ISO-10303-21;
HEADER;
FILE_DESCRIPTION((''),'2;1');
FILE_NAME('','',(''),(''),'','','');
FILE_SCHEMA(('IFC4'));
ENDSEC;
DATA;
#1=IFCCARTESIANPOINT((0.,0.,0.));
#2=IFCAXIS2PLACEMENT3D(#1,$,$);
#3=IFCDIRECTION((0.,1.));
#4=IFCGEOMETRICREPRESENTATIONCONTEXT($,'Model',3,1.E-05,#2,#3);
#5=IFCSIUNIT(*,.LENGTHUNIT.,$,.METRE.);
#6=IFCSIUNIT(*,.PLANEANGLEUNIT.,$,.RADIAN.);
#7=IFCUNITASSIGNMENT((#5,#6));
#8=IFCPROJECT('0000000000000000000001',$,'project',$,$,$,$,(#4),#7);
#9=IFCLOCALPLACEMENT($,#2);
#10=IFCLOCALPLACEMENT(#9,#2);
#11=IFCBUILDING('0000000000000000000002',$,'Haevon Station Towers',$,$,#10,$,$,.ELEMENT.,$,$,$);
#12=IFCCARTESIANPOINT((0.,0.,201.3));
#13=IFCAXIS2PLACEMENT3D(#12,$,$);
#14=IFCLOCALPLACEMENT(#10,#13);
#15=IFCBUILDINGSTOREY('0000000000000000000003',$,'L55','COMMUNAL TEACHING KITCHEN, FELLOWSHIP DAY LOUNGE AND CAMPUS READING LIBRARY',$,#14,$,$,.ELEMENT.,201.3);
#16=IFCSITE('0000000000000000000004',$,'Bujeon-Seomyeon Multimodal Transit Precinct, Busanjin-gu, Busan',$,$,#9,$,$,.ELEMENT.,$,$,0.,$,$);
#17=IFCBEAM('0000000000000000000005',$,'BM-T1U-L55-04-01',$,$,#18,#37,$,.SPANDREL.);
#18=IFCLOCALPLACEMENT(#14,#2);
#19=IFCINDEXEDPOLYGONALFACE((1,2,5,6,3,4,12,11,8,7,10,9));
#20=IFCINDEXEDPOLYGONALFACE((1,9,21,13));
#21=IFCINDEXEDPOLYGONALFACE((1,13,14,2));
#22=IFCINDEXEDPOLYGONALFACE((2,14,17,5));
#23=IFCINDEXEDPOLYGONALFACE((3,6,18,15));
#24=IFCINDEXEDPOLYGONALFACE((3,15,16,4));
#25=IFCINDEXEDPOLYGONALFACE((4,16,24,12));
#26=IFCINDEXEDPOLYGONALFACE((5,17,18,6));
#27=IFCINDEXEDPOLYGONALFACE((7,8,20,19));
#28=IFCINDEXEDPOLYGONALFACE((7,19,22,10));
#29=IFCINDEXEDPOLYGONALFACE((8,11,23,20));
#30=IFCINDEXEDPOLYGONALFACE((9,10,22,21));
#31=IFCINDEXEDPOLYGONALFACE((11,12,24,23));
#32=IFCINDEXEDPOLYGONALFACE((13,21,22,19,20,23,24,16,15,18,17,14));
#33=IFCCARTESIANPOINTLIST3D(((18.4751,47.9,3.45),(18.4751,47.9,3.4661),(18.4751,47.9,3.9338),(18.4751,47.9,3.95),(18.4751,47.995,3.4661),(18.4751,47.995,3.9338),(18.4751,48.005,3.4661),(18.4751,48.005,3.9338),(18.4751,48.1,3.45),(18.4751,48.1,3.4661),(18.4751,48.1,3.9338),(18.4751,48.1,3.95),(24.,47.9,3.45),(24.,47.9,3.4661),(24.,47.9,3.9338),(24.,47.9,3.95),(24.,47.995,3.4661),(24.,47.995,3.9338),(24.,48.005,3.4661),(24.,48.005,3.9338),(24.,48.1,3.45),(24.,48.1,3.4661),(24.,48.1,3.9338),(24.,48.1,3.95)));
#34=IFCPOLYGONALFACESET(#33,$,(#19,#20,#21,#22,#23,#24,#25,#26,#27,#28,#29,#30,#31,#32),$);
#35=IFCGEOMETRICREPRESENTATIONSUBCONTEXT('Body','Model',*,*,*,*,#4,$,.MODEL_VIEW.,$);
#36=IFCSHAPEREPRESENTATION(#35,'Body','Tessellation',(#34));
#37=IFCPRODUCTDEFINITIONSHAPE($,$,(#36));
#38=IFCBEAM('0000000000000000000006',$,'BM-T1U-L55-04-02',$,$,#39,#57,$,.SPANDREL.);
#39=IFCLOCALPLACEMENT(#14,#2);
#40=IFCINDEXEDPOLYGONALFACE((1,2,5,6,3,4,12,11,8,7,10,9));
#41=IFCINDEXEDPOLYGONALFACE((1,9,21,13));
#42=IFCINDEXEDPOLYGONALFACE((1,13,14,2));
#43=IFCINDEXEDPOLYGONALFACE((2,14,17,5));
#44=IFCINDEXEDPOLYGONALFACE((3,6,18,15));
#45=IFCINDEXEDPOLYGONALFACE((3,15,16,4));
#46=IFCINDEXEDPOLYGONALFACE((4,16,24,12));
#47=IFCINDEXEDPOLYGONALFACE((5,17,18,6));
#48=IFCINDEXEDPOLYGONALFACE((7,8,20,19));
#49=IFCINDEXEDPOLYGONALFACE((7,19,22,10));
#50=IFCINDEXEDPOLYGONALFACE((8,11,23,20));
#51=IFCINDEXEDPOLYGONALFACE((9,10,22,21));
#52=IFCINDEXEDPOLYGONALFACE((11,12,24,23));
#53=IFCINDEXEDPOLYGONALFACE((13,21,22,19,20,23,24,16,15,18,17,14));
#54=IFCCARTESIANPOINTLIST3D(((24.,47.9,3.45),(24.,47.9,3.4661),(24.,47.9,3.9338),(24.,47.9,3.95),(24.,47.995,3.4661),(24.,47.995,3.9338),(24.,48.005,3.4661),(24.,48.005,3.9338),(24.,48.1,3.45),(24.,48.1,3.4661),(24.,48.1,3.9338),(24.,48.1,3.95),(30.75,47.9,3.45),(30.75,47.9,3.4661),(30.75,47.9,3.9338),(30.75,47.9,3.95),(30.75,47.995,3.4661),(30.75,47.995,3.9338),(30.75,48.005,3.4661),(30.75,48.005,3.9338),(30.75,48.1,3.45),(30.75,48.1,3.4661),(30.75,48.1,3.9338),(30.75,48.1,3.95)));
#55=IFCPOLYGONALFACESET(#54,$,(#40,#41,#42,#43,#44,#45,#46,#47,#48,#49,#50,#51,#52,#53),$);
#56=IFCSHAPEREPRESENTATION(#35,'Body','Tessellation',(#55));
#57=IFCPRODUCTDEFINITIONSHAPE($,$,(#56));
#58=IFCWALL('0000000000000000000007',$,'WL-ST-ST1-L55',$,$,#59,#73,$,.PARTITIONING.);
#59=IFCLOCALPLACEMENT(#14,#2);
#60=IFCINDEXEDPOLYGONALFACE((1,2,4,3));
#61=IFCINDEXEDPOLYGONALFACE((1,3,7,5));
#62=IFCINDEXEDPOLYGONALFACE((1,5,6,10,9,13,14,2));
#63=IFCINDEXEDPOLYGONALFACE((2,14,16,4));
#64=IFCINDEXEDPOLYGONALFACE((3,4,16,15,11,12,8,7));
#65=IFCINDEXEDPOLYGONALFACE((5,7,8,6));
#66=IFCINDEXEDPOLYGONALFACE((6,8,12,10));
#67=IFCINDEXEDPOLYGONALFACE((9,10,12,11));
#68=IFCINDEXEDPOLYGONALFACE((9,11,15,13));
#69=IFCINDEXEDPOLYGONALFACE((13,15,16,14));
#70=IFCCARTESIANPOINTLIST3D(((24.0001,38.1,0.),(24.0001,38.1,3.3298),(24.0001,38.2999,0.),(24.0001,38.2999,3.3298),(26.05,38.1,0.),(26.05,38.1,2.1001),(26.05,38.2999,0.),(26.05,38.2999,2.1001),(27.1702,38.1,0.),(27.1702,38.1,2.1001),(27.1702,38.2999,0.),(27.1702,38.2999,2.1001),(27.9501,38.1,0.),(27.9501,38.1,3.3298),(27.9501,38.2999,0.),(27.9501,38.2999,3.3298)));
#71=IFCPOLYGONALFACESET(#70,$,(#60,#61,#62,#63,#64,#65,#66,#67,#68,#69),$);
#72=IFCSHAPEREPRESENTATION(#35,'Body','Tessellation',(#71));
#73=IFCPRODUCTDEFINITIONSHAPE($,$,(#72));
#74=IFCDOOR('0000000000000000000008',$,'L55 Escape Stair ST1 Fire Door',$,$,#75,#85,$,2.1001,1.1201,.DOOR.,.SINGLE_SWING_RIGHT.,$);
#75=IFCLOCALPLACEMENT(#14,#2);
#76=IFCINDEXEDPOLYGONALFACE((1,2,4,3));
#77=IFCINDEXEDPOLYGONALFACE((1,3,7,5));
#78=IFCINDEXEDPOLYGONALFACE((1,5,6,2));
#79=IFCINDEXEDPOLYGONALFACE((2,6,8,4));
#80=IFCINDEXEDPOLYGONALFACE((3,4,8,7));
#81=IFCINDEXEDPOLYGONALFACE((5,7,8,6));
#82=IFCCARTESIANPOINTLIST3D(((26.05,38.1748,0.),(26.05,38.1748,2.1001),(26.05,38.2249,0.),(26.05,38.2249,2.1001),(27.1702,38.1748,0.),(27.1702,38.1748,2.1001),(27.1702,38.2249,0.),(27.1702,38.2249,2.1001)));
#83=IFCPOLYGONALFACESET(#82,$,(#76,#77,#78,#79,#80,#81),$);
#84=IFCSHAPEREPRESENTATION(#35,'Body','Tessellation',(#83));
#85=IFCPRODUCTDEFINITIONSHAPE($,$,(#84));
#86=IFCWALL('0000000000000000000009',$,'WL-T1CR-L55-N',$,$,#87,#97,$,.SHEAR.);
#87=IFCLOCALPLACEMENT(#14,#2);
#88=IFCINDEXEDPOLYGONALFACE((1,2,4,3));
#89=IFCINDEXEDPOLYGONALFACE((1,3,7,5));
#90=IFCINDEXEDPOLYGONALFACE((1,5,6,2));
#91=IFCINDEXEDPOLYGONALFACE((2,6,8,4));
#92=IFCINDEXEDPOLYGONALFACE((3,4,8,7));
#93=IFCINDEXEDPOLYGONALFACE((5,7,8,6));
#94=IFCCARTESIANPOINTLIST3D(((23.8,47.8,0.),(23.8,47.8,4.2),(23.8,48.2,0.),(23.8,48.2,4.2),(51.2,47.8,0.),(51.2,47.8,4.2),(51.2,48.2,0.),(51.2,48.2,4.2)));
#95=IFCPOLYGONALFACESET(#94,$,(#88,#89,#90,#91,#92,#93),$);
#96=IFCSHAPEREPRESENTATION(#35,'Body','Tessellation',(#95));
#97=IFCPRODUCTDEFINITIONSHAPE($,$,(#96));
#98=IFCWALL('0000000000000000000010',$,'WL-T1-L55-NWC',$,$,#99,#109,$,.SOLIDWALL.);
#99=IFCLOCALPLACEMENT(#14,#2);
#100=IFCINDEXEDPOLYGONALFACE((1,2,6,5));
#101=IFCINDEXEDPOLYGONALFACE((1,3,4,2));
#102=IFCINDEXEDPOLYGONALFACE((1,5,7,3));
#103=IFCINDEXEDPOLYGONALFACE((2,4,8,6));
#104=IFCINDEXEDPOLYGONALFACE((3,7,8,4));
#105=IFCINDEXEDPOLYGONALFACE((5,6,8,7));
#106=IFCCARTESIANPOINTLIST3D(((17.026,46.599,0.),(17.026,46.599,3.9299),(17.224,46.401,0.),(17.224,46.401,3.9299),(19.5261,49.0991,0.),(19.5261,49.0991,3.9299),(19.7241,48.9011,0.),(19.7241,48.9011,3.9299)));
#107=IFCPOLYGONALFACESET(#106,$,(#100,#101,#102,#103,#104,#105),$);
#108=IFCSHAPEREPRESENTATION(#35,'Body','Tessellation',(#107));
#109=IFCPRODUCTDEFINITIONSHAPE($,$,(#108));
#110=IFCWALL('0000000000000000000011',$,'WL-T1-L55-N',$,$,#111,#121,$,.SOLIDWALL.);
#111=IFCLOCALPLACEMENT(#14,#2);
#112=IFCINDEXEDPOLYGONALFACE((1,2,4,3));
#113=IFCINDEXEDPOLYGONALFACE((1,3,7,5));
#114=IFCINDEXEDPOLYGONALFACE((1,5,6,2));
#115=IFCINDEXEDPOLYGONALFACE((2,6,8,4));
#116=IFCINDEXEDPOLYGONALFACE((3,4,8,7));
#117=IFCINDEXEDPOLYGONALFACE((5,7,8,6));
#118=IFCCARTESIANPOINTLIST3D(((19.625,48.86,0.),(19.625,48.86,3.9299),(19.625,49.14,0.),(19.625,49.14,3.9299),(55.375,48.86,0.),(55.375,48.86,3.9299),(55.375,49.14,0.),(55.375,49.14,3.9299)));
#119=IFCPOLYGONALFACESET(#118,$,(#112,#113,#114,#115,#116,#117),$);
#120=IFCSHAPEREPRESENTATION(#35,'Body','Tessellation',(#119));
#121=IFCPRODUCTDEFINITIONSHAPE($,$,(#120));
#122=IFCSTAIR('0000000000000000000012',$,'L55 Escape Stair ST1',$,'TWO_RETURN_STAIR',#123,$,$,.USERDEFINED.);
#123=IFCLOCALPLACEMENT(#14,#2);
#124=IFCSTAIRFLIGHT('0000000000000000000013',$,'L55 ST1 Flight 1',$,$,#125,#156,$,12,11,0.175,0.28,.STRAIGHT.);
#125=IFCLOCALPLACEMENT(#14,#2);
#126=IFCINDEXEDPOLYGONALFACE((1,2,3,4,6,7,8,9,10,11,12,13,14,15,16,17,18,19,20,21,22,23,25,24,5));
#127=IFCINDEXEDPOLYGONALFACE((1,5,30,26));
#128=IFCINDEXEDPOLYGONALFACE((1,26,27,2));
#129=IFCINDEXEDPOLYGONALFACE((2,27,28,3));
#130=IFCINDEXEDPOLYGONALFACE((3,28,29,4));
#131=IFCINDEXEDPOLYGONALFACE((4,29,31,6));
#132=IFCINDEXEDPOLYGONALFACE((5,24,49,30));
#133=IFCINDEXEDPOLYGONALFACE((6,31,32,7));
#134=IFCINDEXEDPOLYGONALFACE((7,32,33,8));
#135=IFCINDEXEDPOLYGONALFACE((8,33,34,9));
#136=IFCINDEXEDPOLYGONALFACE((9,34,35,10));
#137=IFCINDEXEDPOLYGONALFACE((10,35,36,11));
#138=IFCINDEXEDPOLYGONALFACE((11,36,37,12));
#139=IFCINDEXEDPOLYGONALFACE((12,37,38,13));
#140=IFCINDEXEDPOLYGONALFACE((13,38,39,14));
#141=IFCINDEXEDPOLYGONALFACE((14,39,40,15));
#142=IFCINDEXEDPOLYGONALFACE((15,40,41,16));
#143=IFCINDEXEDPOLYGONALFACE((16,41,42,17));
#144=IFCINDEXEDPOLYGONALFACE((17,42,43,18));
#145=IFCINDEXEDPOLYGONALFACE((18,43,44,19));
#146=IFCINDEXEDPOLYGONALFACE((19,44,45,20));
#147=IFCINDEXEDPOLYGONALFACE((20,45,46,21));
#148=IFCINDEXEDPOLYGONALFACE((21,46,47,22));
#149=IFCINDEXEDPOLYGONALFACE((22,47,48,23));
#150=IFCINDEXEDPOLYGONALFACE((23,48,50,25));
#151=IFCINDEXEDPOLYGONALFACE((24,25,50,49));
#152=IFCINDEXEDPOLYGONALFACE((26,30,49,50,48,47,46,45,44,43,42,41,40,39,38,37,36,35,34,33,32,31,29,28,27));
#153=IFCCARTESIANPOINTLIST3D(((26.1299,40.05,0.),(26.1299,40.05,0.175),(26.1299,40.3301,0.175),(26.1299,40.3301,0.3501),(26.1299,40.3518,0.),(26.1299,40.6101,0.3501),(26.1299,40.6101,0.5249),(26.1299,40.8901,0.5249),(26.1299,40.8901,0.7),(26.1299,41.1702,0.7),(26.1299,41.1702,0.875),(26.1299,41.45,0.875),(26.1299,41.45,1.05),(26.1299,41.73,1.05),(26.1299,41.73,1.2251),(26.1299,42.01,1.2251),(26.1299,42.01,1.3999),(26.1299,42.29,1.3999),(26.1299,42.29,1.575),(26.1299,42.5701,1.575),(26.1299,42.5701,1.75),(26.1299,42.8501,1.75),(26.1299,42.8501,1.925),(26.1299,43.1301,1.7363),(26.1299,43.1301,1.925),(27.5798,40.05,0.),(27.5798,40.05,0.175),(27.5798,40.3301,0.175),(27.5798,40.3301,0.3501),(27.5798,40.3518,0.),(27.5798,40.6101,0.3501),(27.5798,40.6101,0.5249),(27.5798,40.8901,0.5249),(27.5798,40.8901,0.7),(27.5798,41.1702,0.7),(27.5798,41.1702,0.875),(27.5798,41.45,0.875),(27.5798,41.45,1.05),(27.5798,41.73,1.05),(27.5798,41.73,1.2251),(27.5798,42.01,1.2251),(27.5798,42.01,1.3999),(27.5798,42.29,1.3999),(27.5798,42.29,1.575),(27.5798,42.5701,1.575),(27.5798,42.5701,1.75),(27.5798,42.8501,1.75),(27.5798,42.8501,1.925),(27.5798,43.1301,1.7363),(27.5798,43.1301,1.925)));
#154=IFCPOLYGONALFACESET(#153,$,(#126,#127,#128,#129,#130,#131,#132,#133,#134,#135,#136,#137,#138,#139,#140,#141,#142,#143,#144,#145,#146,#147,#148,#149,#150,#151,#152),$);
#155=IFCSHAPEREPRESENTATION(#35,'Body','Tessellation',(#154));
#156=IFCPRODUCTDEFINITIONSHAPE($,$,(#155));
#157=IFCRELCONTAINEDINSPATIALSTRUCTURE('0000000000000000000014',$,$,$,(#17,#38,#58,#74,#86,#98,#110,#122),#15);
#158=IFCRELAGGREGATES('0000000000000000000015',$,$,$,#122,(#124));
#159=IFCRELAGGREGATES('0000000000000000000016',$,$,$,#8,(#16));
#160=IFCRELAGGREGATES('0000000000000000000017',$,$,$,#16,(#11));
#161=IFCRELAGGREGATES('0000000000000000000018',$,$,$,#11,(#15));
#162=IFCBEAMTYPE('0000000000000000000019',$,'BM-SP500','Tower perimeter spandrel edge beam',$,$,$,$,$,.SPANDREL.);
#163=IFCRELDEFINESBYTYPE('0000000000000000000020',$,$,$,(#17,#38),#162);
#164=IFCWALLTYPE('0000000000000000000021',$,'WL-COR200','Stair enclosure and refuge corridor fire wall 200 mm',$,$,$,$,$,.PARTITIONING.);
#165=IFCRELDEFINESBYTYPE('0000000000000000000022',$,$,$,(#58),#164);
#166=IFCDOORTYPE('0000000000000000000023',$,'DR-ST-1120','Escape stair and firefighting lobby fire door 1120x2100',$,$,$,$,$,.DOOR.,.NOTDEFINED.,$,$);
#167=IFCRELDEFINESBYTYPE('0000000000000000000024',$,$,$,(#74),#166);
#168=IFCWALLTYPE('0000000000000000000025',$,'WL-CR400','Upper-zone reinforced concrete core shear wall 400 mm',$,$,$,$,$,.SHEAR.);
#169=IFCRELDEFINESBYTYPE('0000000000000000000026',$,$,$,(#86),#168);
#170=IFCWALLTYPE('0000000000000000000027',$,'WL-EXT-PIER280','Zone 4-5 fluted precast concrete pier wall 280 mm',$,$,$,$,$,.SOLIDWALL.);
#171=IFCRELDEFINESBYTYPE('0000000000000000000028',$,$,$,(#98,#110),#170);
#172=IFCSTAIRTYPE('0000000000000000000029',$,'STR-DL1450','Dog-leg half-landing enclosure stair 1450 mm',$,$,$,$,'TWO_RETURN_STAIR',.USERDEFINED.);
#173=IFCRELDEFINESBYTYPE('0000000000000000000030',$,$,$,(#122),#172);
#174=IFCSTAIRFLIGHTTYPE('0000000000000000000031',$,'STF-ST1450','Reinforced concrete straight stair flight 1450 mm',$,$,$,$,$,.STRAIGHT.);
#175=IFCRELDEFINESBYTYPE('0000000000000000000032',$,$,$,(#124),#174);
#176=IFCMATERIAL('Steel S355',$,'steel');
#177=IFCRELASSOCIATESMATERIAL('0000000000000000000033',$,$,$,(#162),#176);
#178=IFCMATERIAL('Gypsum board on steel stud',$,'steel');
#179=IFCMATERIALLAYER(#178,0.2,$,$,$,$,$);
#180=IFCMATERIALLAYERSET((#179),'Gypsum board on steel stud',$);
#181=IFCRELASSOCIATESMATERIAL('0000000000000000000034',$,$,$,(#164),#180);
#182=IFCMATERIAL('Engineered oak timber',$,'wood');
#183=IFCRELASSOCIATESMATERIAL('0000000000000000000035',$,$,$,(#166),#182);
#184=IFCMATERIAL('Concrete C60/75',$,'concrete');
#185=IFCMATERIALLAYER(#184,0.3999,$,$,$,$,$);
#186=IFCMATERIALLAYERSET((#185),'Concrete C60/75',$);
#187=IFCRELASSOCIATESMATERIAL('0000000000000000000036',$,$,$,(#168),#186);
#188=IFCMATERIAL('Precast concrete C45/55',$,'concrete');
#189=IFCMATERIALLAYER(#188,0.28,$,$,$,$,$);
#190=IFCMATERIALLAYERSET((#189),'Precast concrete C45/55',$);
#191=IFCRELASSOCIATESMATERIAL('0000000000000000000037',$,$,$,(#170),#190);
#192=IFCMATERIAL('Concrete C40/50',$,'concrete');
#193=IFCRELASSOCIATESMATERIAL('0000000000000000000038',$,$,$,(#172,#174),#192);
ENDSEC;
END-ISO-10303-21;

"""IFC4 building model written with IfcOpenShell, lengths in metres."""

from ifc_helpers import new_model, si_unit, direction, frame, frame_2d, origin, origin_2d, place, context, subcontext, project, spatial, polyline, rectangle, i_section, outline, extrude, material, layer, layer_set, material_profile, profile_set, type_object, element, fill, aggregate, save


model = new_model("IFC4")

# Units and contexts
model_context = context("Model", 3, precision=1e-05, world=origin(), true_north=direction((0.0, 1.0)))
body_context = subcontext(model_context, "Body", "Model", "MODEL_VIEW")
ifc_project = project(units=[si_unit("LENGTHUNIT", "METRE"), si_unit("PLANEANGLEUNIT", "RADIAN")], contexts=[model_context])

# Site, building, storey
site_placement = place(None, origin())
site = spatial("IfcSite", under=ifc_project, at=site_placement, Name="Bujeon-Seomyeon Multimodal Transit Precinct, Busanjin-gu, Busan", CompositionType="ELEMENT", RefElevation=0.0)
building_placement = place(site_placement, origin())
building = spatial("IfcBuilding", under=site, at=building_placement, Name="Haevon Station Towers", CompositionType="ELEMENT")
storey_placement = place(building_placement, frame((0.0, 0.0, 201.3)))
storey = spatial("IfcBuildingStorey", under=building, at=storey_placement, Name="L55", Description="COMMUNAL TEACHING KITCHEN, FELLOWSHIP DAY LOUNGE AND CAMPUS READING LIBRARY", CompositionType="ELEMENT", Elevation=201.3)

# Shared definitions
ifc_material_1 = material(Name="Steel S355", Category="steel")

# Beams
ifc_material_profile_1 = material_profile(ifc_material_1, i_section(OverallWidth=0.2, OverallDepth=0.5, WebThickness=0.01, FlangeThickness=0.0161, at=origin_2d()), Name="H-500x200x10x16")
ifc_profile_set_1 = profile_set([ifc_material_profile_1], Name="Steel S355")
beam_type_1 = type_object("IfcBeamType", Name="BM-SP500", Description="Tower perimeter spandrel edge beam", PredefinedType="SPANDREL", material=ifc_profile_set_1)
beam_1_placement = place(storey_placement, frame((18.4751, 48.0, 3.7), z_axis=(1.0, 0.0, 0.0), x_axis=(0.0, 1.0, 0.0)))
element("IfcBeam", 1, at=beam_1_placement, inside=storey, type_object=beam_type_1, Name="BM-T1U-L55-04-01", PredefinedType="SPANDREL", context=body_context, shape_type="SweptSolid", body=[
    extrude(i_section(OverallWidth=0.2, OverallDepth=0.5, WebThickness=0.01, FlangeThickness=0.0161, at=origin_2d()), origin(), (0.0, 0.0, 1.0), 5.5249),
])
beam_2_placement = place(storey_placement, frame((24.0, 48.0, 3.7), z_axis=(1.0, 0.0, 0.0), x_axis=(0.0, 1.0, 0.0)))
element("IfcBeam", 2, at=beam_2_placement, inside=storey, type_object=beam_type_1, Name="BM-T1U-L55-04-02", PredefinedType="SPANDREL", context=body_context, shape_type="SweptSolid", body=[
    extrude(i_section(OverallWidth=0.2, OverallDepth=0.5, WebThickness=0.01, FlangeThickness=0.0161, at=origin_2d()), origin(), (0.0, 0.0, 1.0), 6.75),
])

# Wall, opening, door
ifc_material_2 = material(Name="Gypsum board on steel stud", Category="steel")
ifc_layer_1 = layer(ifc_material_2, 0.2)
ifc_layer_set_1 = layer_set([ifc_layer_1], Name="Gypsum board on steel stud")
wall_type_1 = type_object("IfcWallType", Name="WL-COR200", Description="Stair enclosure and refuge corridor fire wall 200 mm", PredefinedType="PARTITIONING", material=ifc_layer_set_1)
wall_1_placement = place(storey_placement, frame((24.0, 38.2, 0.0), z_axis=(0.0, 0.0, 1.0), x_axis=(1.0, 0.0, 0.0)))
wall_1 = element("IfcWall", 3, at=wall_1_placement, inside=storey, type_object=wall_type_1, Name="WL-ST-ST1-L55", PredefinedType="PARTITIONING", context=body_context, shape_type="SweptSolid", body=[
    extrude(rectangle(XDim=3.95, YDim=0.2, at=frame_2d((1.9751, 0.0))), origin(), (0.0, 0.0, 1.0), 3.3298),
])
opening_placement = place(wall_1_placement, frame((2.05, 0.0, 0.0)))
opening = element("IfcOpeningElement", 4, at=opening_placement, cuts=wall_1, PredefinedType="OPENING", context=body_context, shape_type="SweptSolid", body=[
    extrude(rectangle(XDim=1.1201, YDim=2.1001, at=frame_2d((0.5601, 1.05))), frame((0.0, 0.1099, 0.0), z_axis=(0.0, -1.0, 0.0), x_axis=(1.0, 0.0, 0.0)), (0.0, 0.0, 1.0), 0.22),
])
ifc_material_3 = material(Name="Engineered oak timber", Category="wood")
door_type = type_object("IfcDoorType", Name="DR-ST-1120", Description="Escape stair and firefighting lobby fire door 1120x2100", OperationType="NOTDEFINED", PredefinedType="DOOR", material=ifc_material_3)
door_placement = place(opening_placement, origin())
door = element("IfcDoor", 5, at=door_placement, inside=storey, type_object=door_type, Name="L55 Escape Stair ST1 Fire Door", OperationType="SINGLE_SWING_RIGHT", OverallHeight=2.1001, OverallWidth=1.1201, PredefinedType="DOOR", context=body_context, shape_type="SweptSolid", body=[
    extrude(rectangle(XDim=1.1201, YDim=2.1001, at=frame_2d((0.5601, 1.05))), frame((0.0, 0.0249, 0.0), z_axis=(0.0, -1.0, 0.0), x_axis=(1.0, 0.0, 0.0)), (0.0, 0.0, 1.0), 0.05),
])
fill(opening, door)

# Walls
ifc_material_4 = material(Name="Concrete C60/75", Category="concrete")
ifc_layer_2 = layer(ifc_material_4, 0.3999)
ifc_layer_set_2 = layer_set([ifc_layer_2], Name="Concrete C60/75")
wall_type_2 = type_object("IfcWallType", Name="WL-CR400", Description="Upper-zone reinforced concrete core shear wall 400 mm", PredefinedType="SHEAR", material=ifc_layer_set_2)
wall_2_placement = place(storey_placement, frame((23.8, 48.0, 0.0), z_axis=(0.0, 0.0, 1.0), x_axis=(1.0, 0.0, 0.0)))
element("IfcWall", 6, at=wall_2_placement, inside=storey, type_object=wall_type_2, Name="WL-T1CR-L55-N", PredefinedType="SHEAR", context=body_context, shape_type="SweptSolid", body=[
    extrude(rectangle(XDim=27.3999, YDim=0.3999, at=frame_2d((13.7, 0.0))), origin(), (0.0, 0.0, 1.0), 4.2),
])
ifc_material_5 = material(Name="Precast concrete C45/55", Category="concrete")
ifc_layer_3 = layer(ifc_material_5, 0.28)
ifc_layer_set_3 = layer_set([ifc_layer_3], Name="Precast concrete C45/55")
wall_type_3 = type_object("IfcWallType", Name="WL-EXT-PIER280", Description="Zone 4-5 fluted precast concrete pier wall 280 mm", PredefinedType="SOLIDWALL", material=ifc_layer_set_3)
wall_3_placement = place(storey_placement, frame((17.125, 46.5, 0.0), z_axis=(0.0, 0.0, 1.0), x_axis=(0.707107, 0.707107, 0.0)))
element("IfcWall", 7, at=wall_3_placement, inside=storey, type_object=wall_type_3, Name="WL-T1-L55-NWC", PredefinedType="SOLIDWALL", context=body_context, shape_type="SweptSolid", body=[
    extrude(rectangle(XDim=3.5356, YDim=0.28, at=frame_2d((1.7678, 0.0))), origin(), (0.0, 0.0, 1.0), 3.9299),
])
wall_4_placement = place(storey_placement, frame((19.625, 49.0, 0.0), z_axis=(0.0, 0.0, 1.0), x_axis=(1.0, 0.0, 0.0)))
element("IfcWall", 8, at=wall_4_placement, inside=storey, type_object=wall_type_3, Name="WL-T1-L55-N", PredefinedType="SOLIDWALL", context=body_context, shape_type="SweptSolid", body=[
    extrude(rectangle(XDim=35.75, YDim=0.28, at=frame_2d((17.875, 0.0))), origin(), (0.0, 0.0, 1.0), 3.9299),
])

# Stair, stair flight
ifc_material_6 = material(Name="Concrete C40/50", Category="concrete")
stair_type = type_object("IfcStairType", Name="STR-DL1450", Description="Dog-leg half-landing enclosure stair 1450 mm", ElementType="TWO_RETURN_STAIR", PredefinedType="USERDEFINED", material=ifc_material_6)
stair_placement = place(storey_placement, origin())
stair = element("IfcStair", 9, at=stair_placement, inside=storey, type_object=stair_type, Name="L55 Escape Stair ST1", ObjectType="TWO_RETURN_STAIR", PredefinedType="USERDEFINED")
stair_flight_type = type_object("IfcStairFlightType", Name="STF-ST1450", Description="Reinforced concrete straight stair flight 1450 mm", PredefinedType="STRAIGHT", material=ifc_material_6)
stair_flight_1_placement = place(storey_placement, frame((26.855, 40.05, 0.0), z_axis=(0.0, 0.0, 1.0), x_axis=(0.0, 1.0, 0.0)))
stair_flight_1 = element("IfcStairFlight", 10, at=stair_flight_1_placement, type_object=stair_flight_type, Name="L55 ST1 Flight 1", NumberOfRisers=12, NumberOfTreads=11, PredefinedType="STRAIGHT", RiserHeight=0.175, TreadLength=0.28, context=body_context, shape_type="SweptSolid", body=[
    extrude(outline(polyline([(0.0, 0.0), (0.0, 0.175), (0.28, 0.175), (0.28, 0.3501), (0.5601, 0.3501), (0.5601, 0.5249), (0.8401, 0.5249), (0.8401, 0.7), (1.1201, 0.7), (1.1201, 0.875), (1.3999, 0.875), (1.3999, 1.05), (1.6799, 1.05), (1.6799, 1.2251), (1.96, 1.2251), (1.96, 1.3999), (2.24, 1.3999), (2.24, 1.575), (2.52, 1.575), (2.52, 1.75), (2.8, 1.75), (2.8, 1.925), (3.0801, 1.925), (3.0801, 2.1001), (3.0801, 1.7363), (0.3018, 0.0), (0.0, 0.0)])), frame((0.0, 0.7251, 0.0), z_axis=(0.0, -1.0, 0.0), x_axis=(1.0, 0.0, 0.0)), (0.0, 0.0, 1.0), 1.45),
])
aggregate(stair, [stair_flight_1])

save(model, "model.ifc")
